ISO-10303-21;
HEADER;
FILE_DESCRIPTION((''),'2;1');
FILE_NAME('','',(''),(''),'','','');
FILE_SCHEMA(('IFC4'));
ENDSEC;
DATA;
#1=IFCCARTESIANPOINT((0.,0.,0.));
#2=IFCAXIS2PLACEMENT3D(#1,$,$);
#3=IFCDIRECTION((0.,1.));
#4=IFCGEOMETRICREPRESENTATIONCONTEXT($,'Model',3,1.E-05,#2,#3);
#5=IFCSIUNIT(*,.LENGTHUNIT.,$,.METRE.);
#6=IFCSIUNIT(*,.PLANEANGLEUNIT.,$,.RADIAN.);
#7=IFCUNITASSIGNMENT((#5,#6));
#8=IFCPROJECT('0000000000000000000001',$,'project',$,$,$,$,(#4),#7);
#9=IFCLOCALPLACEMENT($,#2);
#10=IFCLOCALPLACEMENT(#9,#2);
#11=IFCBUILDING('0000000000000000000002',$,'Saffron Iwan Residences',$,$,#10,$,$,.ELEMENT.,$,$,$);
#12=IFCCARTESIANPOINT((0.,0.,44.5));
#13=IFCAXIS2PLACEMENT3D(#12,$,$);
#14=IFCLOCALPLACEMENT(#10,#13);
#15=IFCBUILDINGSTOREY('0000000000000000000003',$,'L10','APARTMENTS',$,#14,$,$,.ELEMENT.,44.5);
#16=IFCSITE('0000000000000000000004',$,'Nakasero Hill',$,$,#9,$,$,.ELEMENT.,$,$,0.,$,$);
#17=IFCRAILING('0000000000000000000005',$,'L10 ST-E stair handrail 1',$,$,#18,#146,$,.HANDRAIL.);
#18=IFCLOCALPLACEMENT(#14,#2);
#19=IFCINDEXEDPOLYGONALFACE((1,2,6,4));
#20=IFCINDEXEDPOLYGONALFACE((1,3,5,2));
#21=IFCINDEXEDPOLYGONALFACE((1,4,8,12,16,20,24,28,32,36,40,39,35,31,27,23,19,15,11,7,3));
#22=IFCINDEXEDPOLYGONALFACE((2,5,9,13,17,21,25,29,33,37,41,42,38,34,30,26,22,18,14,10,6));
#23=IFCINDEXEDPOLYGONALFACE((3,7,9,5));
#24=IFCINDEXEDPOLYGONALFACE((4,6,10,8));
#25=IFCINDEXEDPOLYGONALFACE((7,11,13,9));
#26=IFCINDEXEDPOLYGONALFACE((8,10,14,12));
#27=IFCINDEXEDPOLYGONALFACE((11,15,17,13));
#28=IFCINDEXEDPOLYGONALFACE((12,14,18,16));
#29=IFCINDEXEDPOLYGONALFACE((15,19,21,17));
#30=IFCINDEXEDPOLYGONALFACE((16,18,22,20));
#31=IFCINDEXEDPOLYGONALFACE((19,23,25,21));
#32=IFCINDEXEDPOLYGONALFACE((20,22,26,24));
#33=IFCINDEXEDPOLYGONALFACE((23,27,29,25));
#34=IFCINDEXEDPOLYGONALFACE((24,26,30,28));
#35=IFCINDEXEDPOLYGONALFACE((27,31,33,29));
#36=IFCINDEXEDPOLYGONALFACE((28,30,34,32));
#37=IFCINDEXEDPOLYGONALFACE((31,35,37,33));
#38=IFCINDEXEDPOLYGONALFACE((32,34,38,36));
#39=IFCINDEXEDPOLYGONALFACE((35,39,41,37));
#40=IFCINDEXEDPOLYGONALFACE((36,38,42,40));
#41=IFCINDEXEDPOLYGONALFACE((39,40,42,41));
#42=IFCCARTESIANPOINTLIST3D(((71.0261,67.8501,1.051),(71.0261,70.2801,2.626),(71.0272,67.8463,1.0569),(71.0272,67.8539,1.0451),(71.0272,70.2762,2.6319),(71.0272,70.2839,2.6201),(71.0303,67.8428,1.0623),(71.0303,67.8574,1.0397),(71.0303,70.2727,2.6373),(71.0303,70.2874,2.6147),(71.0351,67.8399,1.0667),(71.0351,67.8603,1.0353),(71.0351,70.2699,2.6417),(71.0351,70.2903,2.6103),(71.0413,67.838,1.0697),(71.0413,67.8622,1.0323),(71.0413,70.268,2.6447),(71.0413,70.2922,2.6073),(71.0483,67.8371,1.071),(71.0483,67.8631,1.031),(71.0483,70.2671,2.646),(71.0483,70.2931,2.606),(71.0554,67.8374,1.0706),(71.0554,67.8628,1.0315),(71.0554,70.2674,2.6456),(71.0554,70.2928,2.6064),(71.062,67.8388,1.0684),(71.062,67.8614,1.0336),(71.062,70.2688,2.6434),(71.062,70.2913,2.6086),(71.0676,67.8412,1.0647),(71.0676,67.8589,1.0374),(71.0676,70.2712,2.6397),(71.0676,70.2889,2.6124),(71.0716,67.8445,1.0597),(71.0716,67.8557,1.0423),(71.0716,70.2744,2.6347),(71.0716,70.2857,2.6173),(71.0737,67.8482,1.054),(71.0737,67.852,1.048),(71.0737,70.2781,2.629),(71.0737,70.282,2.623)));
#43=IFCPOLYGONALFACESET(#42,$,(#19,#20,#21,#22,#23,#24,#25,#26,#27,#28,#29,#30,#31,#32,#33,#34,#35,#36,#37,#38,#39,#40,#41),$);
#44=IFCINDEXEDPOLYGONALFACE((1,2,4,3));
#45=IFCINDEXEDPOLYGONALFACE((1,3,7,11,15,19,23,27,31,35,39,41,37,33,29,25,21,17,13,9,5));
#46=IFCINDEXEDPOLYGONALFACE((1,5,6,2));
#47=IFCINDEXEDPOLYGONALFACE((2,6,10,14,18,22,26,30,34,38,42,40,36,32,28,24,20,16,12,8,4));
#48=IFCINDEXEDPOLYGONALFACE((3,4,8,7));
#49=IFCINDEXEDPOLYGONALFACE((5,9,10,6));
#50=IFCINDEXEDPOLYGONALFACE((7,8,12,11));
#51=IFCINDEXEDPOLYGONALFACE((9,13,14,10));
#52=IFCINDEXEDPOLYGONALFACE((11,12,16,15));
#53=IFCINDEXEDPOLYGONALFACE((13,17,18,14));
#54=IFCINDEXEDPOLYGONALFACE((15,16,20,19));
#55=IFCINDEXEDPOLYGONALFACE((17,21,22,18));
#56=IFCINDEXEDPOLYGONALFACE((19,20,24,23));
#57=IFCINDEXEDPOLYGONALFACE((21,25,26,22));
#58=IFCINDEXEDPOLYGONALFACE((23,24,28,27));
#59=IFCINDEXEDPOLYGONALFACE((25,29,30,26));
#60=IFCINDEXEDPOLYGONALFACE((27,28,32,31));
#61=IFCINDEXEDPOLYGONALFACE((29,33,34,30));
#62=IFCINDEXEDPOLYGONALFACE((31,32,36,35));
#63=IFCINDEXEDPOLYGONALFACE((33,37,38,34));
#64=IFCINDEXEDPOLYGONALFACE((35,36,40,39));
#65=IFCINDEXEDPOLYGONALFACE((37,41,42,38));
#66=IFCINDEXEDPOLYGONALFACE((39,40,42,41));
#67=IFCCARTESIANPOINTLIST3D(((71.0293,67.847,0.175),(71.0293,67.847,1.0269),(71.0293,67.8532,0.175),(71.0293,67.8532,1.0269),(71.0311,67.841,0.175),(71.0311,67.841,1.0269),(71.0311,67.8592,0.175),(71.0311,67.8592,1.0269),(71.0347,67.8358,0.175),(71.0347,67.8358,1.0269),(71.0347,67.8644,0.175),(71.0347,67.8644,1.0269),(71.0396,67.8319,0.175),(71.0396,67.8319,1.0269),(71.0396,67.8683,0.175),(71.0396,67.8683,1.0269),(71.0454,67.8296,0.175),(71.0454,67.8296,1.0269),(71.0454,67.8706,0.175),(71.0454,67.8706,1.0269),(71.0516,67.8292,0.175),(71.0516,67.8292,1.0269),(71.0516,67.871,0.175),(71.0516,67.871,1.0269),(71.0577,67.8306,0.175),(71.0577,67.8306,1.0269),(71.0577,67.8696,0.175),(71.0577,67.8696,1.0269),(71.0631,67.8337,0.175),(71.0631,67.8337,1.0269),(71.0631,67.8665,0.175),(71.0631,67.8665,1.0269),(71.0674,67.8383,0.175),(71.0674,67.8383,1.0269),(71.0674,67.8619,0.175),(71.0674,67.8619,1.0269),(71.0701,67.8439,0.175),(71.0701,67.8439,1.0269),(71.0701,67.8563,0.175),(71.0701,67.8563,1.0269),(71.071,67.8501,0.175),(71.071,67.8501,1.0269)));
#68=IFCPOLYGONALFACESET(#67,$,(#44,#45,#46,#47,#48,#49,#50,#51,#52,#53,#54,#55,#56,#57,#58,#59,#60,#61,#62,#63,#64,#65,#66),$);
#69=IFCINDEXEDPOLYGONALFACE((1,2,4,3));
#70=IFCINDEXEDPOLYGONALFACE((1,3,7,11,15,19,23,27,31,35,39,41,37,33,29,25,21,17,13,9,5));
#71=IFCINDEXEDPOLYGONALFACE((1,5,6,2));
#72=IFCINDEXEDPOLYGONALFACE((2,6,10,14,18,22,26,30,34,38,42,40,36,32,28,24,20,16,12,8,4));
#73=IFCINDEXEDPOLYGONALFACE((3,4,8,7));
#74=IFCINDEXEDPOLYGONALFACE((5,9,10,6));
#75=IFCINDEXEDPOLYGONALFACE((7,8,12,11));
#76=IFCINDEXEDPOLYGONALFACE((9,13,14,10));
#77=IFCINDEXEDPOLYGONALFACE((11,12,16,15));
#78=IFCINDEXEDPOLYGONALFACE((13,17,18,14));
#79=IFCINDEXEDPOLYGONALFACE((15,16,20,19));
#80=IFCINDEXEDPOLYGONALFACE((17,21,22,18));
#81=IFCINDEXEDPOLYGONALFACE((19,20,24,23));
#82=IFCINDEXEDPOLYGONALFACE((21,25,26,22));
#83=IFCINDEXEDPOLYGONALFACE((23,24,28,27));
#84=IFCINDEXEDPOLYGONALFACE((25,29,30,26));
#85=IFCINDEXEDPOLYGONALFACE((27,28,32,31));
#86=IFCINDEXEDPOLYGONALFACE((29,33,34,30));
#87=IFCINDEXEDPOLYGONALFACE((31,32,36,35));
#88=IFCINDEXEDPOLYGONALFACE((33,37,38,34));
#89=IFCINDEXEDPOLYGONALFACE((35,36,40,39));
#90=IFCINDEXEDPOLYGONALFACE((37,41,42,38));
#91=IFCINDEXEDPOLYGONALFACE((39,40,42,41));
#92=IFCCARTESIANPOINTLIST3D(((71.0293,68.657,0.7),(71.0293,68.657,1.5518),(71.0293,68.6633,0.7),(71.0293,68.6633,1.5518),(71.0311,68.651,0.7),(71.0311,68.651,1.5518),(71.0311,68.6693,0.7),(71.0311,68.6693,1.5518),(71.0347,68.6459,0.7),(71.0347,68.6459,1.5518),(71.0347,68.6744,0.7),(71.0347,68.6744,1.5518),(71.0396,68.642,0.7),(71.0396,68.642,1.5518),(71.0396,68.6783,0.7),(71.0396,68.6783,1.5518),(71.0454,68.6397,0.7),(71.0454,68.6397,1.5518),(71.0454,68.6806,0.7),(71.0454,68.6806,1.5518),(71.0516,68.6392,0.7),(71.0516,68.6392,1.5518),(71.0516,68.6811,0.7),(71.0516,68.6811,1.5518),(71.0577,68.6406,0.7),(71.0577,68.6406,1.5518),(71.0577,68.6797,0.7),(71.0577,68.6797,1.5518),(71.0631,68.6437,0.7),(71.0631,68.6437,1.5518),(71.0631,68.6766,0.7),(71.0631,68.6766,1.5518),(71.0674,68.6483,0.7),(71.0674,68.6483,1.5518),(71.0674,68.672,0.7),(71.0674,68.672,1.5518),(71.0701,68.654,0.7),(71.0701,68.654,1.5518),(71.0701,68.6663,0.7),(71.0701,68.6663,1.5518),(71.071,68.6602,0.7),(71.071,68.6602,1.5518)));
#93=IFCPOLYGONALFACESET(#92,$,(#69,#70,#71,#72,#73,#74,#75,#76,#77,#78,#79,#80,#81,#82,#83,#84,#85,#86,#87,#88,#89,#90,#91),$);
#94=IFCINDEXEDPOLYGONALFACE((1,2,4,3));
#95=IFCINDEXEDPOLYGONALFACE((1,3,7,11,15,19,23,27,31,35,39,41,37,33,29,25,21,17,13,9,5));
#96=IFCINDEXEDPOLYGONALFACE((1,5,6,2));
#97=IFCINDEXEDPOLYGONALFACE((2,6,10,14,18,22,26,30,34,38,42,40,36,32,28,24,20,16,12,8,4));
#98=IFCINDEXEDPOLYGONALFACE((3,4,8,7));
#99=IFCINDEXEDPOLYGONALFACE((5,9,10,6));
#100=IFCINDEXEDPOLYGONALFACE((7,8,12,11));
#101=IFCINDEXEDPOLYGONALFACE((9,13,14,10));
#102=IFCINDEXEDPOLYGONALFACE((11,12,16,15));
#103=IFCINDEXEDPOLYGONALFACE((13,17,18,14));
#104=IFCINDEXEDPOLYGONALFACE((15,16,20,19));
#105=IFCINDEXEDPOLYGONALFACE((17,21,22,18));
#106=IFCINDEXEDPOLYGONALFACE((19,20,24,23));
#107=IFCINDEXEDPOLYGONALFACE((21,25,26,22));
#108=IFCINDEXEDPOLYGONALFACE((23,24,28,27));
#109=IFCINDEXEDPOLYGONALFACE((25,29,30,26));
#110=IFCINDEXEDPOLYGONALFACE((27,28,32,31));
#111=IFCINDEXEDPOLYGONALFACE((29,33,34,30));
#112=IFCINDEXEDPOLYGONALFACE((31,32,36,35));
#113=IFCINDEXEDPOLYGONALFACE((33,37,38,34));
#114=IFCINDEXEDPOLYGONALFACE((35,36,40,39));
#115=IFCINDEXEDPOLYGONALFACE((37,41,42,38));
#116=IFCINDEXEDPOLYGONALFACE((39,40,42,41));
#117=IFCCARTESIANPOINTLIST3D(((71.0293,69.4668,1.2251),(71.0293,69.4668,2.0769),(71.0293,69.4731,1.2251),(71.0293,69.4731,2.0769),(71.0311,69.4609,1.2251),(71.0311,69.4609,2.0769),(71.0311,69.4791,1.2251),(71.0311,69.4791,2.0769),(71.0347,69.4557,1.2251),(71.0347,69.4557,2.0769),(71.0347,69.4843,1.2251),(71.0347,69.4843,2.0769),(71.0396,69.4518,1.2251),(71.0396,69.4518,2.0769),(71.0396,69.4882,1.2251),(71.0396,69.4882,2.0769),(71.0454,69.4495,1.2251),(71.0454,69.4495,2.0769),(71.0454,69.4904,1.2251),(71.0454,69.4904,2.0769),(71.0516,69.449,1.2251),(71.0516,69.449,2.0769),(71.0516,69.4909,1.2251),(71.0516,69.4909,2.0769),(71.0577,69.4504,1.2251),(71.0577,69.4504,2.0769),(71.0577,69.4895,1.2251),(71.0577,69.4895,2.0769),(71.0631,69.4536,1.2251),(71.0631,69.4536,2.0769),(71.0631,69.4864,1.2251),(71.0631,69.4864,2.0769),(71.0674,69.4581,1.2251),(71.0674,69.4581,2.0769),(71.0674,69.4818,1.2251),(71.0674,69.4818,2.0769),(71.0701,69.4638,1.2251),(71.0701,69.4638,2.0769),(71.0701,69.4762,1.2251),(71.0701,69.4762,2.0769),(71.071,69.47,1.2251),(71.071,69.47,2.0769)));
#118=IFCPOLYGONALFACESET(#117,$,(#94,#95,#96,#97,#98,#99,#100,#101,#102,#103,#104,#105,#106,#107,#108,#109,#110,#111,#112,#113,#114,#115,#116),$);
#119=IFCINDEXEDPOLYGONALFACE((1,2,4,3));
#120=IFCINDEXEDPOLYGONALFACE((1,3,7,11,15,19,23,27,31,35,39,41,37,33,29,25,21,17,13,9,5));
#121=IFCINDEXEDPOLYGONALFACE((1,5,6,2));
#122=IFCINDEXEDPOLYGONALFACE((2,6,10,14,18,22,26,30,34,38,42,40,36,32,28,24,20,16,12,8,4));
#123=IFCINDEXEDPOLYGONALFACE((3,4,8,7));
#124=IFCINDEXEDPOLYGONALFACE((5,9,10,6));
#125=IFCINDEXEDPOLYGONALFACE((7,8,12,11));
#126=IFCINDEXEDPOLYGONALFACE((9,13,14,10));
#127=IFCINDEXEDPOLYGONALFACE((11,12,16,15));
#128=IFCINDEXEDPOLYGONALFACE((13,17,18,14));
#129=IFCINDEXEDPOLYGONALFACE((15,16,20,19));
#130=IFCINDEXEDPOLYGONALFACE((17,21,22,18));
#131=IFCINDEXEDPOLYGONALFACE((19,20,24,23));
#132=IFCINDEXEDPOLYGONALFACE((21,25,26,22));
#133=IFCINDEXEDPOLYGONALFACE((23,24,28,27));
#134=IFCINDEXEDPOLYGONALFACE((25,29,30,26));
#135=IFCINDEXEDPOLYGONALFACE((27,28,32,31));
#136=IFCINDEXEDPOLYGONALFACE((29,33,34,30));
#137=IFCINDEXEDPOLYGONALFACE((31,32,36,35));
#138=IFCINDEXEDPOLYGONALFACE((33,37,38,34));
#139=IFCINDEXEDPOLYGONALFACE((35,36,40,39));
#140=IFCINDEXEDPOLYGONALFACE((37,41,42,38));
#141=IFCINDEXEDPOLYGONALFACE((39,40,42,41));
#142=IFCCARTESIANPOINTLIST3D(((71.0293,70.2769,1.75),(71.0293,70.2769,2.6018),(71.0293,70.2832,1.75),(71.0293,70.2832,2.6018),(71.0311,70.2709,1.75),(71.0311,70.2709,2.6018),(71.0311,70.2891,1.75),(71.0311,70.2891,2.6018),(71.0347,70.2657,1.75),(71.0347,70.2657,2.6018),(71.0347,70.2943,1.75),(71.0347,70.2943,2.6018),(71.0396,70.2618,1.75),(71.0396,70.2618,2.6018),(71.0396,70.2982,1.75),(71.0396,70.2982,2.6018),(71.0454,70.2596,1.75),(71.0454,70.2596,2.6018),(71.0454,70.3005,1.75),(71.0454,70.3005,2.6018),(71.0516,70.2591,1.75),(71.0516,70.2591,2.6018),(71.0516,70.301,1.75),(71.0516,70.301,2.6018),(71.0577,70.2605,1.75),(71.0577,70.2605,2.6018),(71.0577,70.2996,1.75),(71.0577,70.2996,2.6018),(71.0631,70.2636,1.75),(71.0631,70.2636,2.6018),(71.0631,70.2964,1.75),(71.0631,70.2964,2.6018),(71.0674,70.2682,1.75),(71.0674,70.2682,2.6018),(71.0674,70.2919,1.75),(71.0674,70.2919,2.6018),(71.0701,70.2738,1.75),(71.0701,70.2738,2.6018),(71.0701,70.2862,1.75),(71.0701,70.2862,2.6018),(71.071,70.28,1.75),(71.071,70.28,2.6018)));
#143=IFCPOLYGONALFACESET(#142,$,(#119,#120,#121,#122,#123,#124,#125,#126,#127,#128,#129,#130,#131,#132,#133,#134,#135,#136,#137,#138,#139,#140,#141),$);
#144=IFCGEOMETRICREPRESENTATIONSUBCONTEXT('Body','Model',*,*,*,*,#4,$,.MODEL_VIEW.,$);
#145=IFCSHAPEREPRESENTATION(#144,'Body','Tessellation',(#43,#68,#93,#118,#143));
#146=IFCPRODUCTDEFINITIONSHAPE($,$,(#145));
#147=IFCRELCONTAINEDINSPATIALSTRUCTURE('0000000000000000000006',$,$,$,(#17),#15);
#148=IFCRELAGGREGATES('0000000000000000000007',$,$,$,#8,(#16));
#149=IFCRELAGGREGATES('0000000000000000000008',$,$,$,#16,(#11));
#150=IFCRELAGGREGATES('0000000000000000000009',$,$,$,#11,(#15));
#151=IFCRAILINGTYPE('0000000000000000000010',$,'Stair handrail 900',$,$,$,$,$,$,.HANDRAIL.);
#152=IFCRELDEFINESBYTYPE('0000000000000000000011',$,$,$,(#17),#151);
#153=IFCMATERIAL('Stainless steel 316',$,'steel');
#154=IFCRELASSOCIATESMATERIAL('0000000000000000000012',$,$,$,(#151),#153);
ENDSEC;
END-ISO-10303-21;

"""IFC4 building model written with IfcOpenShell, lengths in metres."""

from ifc_helpers import new_model, si_unit, direction, frame, origin, origin_2d, place, context, subcontext, project, spatial, circle, extrude, material, type_object, element, save


model = new_model("IFC4")

# Units and contexts
model_context = context("Model", 3, precision=1e-05, world=origin(), true_north=direction((0.0, 1.0)))
body_context = subcontext(model_context, "Body", "Model", "MODEL_VIEW")
ifc_project = project(units=[si_unit("LENGTHUNIT", "METRE"), si_unit("PLANEANGLEUNIT", "RADIAN")], contexts=[model_context])

# Site, building, storey
site_placement = place(None, origin())
site = spatial("IfcSite", under=ifc_project, at=site_placement, Name="Nakasero Hill", CompositionType="ELEMENT", RefElevation=0.0)
building_placement = place(site_placement, origin())
building = spatial("IfcBuilding", under=site, at=building_placement, Name="Saffron Iwan Residences", CompositionType="ELEMENT")
storey_placement = place(building_placement, frame((0.0, 0.0, 44.5)))
storey = spatial("IfcBuildingStorey", under=building, at=storey_placement, Name="L10", Description="APARTMENTS", CompositionType="ELEMENT", Elevation=44.5)

# Railing
ifc_material_1 = material(Name="Stainless steel 316", Category="steel")
railing_type_1 = type_object("IfcRailingType", Name="Stair handrail 900", PredefinedType="HANDRAIL", material=ifc_material_1)
railing_1_placement = place(storey_placement, frame((71.05, 67.8501, 0.175)))
element("IfcRailing", 1, at=railing_1_placement, inside=storey, type_object=railing_type_1, Name="L10 ST-E stair handrail 1", PredefinedType="HANDRAIL", context=body_context, shape_type="SweptSolid", body=[
    extrude(circle(Radius=0.0239, at=origin_2d()), frame((0.0, 0.0, 0.876), z_axis=(0.0, 0.839154, 0.543894), x_axis=(-1.0, 0.0, 0.0)), (0.0, 0.0, 1.0), 2.8958),
    extrude(circle(Radius=0.021, at=origin_2d()), origin(), (0.0, 0.0, 1.0), 0.8518),
    extrude(circle(Radius=0.021, at=origin_2d()), frame((0.0, 0.8101, 0.5249)), (0.0, 0.0, 1.0), 0.8518),
    extrude(circle(Radius=0.021, at=origin_2d()), frame((0.0, 1.6199, 1.05)), (0.0, 0.0, 1.0), 0.8518),
    extrude(circle(Radius=0.021, at=origin_2d()), frame((0.0, 2.4299, 1.575)), (0.0, 0.0, 1.0), 0.8518),
])

save(model, "model.ifc")
